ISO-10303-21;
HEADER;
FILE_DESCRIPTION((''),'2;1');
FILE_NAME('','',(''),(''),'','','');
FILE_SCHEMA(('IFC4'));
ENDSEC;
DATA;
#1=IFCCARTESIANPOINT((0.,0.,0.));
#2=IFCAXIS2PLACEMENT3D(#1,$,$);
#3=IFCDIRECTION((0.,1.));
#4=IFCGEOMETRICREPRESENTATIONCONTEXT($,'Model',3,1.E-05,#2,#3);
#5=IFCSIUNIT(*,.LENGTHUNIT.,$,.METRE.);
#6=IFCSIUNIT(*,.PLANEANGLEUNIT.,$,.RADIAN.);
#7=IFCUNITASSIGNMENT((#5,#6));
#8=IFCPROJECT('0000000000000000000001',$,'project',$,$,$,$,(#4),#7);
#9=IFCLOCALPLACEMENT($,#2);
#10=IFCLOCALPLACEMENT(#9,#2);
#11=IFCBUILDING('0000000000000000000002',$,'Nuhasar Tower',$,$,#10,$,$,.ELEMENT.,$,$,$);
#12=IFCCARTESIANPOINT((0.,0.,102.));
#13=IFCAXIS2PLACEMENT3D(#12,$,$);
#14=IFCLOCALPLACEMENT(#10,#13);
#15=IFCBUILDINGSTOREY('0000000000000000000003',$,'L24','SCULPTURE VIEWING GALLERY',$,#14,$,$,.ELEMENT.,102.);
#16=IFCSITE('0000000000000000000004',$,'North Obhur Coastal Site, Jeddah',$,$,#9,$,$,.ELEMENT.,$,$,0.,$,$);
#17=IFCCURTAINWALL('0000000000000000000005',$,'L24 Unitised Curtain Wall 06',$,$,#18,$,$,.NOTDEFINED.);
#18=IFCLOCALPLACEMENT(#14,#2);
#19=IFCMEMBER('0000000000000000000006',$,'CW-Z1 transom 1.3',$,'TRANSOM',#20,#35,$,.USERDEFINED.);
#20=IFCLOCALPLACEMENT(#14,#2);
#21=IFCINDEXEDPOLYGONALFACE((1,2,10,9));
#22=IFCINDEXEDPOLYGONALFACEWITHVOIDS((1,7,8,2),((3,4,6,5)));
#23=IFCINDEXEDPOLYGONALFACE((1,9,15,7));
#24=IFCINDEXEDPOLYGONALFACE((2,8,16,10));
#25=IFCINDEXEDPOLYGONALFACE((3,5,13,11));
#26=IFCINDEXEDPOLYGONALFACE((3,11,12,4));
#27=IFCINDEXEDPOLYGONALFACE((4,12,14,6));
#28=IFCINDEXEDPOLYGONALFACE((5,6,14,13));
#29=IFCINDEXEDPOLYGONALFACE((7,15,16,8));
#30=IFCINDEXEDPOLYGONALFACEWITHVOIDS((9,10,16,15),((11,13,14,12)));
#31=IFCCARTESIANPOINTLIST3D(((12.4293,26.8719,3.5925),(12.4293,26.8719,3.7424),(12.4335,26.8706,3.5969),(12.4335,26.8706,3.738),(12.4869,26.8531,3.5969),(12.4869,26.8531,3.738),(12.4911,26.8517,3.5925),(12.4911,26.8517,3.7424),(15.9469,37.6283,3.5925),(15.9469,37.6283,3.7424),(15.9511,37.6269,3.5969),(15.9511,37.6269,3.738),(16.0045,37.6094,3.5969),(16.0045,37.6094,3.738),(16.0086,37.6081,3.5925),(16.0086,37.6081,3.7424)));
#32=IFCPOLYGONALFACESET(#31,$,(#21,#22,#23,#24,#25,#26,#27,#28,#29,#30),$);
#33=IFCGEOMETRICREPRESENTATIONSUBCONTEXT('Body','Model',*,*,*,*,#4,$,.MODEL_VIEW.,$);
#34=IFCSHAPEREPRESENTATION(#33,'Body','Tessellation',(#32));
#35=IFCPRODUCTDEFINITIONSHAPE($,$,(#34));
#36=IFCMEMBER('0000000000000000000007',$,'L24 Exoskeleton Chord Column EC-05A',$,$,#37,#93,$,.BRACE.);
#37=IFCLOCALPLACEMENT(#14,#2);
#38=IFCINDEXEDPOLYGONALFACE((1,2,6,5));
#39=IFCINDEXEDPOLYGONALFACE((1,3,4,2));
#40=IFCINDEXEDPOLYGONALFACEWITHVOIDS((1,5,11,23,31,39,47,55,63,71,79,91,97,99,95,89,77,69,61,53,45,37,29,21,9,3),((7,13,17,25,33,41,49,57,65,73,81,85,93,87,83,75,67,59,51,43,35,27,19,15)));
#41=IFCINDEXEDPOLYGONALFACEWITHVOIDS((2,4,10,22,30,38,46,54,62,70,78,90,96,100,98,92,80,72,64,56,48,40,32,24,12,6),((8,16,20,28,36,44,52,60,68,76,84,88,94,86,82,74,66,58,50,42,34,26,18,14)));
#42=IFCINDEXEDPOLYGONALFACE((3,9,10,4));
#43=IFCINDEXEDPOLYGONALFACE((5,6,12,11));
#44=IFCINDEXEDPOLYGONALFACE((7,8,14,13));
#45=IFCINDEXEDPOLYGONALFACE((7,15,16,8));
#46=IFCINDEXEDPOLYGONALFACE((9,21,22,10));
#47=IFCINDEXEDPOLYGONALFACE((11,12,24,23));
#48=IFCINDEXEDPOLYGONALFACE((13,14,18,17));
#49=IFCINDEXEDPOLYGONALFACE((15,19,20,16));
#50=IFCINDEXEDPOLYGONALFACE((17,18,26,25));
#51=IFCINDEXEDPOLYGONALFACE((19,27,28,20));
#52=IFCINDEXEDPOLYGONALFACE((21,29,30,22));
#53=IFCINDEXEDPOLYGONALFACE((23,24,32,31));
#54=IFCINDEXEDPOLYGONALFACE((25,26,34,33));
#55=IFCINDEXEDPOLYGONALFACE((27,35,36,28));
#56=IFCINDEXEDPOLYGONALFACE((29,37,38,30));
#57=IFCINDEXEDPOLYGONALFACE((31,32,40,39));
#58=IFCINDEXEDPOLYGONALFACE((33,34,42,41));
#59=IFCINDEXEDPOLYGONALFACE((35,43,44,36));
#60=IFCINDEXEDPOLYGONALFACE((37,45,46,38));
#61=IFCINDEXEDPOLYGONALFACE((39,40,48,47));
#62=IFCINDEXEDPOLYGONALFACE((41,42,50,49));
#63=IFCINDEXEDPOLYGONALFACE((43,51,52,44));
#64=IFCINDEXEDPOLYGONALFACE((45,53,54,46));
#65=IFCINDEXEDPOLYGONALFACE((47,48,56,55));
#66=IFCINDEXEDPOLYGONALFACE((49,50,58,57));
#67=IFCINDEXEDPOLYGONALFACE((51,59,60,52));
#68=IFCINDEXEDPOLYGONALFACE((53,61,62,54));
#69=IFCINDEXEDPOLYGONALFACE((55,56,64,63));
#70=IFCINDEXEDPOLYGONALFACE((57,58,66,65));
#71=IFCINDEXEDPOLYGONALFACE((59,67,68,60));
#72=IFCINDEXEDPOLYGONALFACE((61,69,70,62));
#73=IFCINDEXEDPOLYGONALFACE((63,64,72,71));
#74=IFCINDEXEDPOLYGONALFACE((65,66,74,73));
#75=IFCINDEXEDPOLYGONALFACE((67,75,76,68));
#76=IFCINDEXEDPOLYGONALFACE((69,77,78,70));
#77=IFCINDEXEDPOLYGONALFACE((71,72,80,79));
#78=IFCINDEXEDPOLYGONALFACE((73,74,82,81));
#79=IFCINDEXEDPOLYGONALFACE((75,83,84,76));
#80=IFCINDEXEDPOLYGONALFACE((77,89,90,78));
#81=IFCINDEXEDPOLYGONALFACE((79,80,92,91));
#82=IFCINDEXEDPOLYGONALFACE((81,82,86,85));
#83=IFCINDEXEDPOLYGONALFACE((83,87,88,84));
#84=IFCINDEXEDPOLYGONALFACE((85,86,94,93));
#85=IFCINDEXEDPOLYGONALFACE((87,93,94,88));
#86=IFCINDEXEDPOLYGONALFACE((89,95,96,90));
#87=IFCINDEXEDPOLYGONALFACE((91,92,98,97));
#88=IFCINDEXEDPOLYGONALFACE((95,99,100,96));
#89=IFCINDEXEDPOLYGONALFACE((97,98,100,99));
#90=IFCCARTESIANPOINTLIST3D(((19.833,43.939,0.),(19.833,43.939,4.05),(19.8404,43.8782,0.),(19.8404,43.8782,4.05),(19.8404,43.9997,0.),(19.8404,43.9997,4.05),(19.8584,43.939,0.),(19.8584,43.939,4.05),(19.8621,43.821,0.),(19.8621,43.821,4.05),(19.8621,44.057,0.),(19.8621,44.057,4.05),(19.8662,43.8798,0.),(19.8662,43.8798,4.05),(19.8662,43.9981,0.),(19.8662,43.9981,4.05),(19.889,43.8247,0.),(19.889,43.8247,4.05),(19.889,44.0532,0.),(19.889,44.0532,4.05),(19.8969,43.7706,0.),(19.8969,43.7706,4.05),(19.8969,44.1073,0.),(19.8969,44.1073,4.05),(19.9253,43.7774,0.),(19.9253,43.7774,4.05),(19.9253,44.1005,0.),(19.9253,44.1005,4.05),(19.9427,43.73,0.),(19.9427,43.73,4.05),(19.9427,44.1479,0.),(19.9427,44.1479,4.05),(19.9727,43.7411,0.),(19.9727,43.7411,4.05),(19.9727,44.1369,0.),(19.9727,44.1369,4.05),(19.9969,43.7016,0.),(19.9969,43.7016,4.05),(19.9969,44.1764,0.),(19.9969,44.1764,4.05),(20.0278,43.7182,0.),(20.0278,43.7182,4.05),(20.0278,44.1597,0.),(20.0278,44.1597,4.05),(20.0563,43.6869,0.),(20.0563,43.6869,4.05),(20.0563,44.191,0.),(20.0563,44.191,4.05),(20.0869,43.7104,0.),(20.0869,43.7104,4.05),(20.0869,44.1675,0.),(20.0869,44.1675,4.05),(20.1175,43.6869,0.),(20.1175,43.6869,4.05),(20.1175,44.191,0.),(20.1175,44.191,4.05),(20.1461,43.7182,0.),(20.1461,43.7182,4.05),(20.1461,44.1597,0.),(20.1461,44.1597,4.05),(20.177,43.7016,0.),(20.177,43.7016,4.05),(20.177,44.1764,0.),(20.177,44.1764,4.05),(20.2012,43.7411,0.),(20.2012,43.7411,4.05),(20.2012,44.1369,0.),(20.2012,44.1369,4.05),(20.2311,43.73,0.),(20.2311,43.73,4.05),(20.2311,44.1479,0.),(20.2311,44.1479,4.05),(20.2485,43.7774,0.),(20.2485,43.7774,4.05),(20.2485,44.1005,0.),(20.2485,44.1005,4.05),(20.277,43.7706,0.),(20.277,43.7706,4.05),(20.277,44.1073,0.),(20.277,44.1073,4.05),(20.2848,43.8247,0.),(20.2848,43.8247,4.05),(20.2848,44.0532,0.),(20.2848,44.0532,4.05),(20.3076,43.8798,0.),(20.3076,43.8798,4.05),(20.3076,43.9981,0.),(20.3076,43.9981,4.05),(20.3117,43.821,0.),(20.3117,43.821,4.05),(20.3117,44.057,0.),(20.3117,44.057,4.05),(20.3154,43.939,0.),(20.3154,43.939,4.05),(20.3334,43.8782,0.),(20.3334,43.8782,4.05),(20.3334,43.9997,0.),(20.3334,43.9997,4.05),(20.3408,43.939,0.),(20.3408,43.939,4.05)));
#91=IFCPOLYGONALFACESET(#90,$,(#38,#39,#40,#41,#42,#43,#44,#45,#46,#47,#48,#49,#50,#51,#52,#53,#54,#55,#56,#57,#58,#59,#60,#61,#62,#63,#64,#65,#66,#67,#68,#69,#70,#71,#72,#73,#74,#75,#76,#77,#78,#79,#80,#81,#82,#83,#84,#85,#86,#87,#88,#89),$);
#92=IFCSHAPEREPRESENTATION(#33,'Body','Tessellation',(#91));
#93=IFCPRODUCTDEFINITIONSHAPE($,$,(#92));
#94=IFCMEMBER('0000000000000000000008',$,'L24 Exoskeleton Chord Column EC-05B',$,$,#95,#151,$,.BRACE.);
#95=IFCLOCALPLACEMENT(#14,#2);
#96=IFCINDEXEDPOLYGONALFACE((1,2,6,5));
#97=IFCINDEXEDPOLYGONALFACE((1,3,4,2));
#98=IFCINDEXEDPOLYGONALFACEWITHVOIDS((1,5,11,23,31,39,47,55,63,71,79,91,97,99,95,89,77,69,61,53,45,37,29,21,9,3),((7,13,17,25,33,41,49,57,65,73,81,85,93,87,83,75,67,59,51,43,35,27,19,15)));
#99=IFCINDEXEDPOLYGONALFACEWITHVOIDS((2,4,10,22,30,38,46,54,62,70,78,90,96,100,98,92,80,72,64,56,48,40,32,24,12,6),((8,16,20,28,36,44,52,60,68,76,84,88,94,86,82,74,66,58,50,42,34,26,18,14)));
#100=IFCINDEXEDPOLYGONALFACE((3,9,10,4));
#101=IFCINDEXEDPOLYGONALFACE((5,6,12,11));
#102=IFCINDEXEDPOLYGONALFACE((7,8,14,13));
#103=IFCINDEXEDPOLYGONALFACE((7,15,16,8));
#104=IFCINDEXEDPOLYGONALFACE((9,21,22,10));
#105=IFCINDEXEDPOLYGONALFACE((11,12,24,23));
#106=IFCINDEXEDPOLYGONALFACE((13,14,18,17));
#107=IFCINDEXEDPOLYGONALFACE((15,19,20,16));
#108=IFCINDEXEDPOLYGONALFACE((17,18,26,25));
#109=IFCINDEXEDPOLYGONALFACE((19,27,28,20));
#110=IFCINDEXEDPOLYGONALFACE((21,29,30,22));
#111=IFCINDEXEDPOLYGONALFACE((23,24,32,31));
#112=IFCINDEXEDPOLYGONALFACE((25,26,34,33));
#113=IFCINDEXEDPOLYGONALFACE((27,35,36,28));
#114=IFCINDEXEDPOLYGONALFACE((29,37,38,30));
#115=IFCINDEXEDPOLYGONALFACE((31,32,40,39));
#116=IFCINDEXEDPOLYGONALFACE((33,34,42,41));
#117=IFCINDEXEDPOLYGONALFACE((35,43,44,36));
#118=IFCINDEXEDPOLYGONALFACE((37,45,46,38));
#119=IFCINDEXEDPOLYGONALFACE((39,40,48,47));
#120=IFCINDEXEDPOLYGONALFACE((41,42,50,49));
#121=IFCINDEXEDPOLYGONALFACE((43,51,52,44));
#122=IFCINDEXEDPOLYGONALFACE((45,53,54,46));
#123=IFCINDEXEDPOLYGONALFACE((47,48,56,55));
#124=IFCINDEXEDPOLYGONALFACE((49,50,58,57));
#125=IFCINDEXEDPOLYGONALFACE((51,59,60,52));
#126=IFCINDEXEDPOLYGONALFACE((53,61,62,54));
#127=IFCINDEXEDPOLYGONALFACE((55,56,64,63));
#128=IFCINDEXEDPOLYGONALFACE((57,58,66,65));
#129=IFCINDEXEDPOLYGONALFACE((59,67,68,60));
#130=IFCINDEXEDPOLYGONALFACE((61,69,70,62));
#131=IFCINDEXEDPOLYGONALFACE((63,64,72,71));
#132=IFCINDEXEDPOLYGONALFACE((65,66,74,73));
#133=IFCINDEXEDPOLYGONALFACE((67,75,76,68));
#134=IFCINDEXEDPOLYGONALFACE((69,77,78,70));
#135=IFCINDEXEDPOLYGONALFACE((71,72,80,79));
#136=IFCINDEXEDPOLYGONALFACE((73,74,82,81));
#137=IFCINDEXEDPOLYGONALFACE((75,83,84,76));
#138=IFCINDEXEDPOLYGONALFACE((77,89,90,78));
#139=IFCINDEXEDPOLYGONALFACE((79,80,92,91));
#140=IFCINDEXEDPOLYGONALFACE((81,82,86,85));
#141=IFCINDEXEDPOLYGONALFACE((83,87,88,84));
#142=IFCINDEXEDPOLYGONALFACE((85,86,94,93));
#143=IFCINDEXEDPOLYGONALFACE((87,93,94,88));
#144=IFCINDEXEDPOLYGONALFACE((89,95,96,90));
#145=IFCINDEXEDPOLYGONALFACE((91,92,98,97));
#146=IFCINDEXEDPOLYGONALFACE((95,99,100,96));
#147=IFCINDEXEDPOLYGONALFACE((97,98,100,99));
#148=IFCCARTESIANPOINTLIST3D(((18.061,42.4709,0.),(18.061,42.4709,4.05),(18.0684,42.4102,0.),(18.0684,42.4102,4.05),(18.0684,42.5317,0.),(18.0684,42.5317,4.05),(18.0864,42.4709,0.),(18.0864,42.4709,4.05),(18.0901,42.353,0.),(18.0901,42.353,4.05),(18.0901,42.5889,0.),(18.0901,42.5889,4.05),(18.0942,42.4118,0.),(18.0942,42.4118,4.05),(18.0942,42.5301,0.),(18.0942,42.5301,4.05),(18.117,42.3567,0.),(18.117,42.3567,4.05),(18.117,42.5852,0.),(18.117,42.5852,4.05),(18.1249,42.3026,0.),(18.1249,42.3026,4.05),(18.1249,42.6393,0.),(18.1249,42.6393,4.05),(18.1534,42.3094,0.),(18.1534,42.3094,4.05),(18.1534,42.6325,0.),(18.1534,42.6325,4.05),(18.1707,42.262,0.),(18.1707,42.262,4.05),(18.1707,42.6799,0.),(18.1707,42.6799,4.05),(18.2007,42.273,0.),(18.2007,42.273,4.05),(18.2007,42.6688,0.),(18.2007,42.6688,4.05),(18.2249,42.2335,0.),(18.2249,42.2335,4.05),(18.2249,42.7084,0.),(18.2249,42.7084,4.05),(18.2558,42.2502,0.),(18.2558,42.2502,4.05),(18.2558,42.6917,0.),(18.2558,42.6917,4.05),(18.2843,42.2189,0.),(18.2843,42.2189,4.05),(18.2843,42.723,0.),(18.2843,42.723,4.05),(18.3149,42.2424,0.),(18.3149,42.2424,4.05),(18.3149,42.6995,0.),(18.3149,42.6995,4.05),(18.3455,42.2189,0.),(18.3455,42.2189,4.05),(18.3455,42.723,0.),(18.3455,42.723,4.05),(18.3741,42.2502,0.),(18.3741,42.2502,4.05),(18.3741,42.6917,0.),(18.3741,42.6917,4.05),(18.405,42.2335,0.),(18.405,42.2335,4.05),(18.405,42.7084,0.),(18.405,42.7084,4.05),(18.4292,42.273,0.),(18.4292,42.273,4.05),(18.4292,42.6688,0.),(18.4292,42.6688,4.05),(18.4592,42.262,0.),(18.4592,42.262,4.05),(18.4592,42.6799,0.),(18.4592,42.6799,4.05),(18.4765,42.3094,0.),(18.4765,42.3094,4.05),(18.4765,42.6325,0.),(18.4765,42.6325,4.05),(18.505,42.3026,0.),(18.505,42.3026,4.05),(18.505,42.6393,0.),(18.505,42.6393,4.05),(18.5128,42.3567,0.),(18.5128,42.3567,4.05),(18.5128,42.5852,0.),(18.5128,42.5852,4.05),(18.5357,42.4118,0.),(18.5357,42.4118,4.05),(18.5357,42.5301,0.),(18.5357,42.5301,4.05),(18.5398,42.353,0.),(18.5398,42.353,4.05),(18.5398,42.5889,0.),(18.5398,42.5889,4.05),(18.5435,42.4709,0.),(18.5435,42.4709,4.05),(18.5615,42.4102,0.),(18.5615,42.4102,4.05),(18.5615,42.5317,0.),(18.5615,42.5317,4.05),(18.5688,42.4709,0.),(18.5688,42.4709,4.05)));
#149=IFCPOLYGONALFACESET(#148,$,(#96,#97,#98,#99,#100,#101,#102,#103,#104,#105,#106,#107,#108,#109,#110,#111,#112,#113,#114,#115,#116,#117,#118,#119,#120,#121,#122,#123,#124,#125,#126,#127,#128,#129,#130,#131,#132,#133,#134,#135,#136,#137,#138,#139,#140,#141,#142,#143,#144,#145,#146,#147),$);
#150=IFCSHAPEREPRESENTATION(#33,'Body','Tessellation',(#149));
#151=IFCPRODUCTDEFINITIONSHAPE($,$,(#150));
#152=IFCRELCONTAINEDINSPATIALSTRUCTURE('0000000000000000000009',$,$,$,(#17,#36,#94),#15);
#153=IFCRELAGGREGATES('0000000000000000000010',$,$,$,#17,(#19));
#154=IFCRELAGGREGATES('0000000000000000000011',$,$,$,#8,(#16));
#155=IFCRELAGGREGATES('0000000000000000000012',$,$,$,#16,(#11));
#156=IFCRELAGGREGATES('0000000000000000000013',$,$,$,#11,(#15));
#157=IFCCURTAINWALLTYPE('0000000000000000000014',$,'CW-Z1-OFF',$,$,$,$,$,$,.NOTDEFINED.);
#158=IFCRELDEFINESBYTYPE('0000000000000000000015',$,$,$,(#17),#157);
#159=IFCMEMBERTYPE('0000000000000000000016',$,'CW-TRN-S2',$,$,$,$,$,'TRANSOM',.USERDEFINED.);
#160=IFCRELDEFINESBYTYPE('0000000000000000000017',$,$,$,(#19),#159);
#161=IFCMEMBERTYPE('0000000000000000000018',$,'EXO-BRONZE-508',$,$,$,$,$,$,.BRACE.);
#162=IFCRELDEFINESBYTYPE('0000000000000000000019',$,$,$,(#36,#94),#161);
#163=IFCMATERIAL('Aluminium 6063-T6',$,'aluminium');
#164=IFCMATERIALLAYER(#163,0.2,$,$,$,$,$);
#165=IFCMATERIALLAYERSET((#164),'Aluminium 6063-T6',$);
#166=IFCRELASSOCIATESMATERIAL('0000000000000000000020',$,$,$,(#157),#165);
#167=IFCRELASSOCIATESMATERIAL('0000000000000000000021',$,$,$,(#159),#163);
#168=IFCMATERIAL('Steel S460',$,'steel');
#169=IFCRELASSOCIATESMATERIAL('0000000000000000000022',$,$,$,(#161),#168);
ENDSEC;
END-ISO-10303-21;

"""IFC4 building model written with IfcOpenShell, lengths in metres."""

from ifc_helpers import new_model, si_unit, direction, frame, origin, origin_2d, place, context, subcontext, project, spatial, hollow_rectangle, hollow_circle, extrude, material, layer, layer_set, material_profile, profile_set, type_object, element, aggregate, save


model = new_model("IFC4")

# Units and contexts
model_context = context("Model", 3, precision=1e-05, world=origin(), true_north=direction((0.0, 1.0)))
body_context = subcontext(model_context, "Body", "Model", "MODEL_VIEW")
ifc_project = project(units=[si_unit("LENGTHUNIT", "METRE"), si_unit("PLANEANGLEUNIT", "RADIAN")], contexts=[model_context])

# Site, building, storey
site_placement = place(None, origin())
site = spatial("IfcSite", under=ifc_project, at=site_placement, Name="North Obhur Coastal Site, Jeddah", CompositionType="ELEMENT", RefElevation=0.0)
building_placement = place(site_placement, origin())
building = spatial("IfcBuilding", under=site, at=building_placement, Name="Nuhasar Tower", CompositionType="ELEMENT")
storey_placement = place(building_placement, frame((0.0, 0.0, 102.0)))
storey = spatial("IfcBuildingStorey", under=building, at=storey_placement, Name="L24", Description="SCULPTURE VIEWING GALLERY", CompositionType="ELEMENT", Elevation=102.0)

# Shared definitions
ifc_material_1 = material(Name="Aluminium 6063-T6", Category="aluminium")
ifc_layer_1 = layer(ifc_material_1, 0.2)
ifc_layer_set_1 = layer_set([ifc_layer_1], Name="Aluminium 6063-T6")
curtain_wall_type = type_object("IfcCurtainWallType", Name="CW-Z1-OFF", PredefinedType="NOTDEFINED", material=ifc_layer_set_1)

# Curtain wall
curtain_wall_1_placement = place(storey_placement, origin())
curtain_wall_1 = element("IfcCurtainWall", 1, at=curtain_wall_1_placement, inside=storey, type_object=curtain_wall_type, Name="L24 Unitised Curtain Wall 06", PredefinedType="NOTDEFINED")

# Member
ifc_material_profile_1 = material_profile(ifc_material_1, hollow_rectangle(XDim=0.0649, YDim=0.1499, WallThickness=0.0044, at=origin_2d()), Name="CWT-2")
ifc_profile_set_1 = profile_set([ifc_material_profile_1], Name="Aluminium 6063-T6")
member_type_1 = type_object("IfcMemberType", Name="CW-TRN-S2", ElementType="TRANSOM", PredefinedType="USERDEFINED", material=ifc_profile_set_1)
member_1_placement = place(storey_placement, frame((15.9778, 37.6182, 3.6675), z_axis=(-0.310825, -0.950467, 0.0), x_axis=(0.950467, -0.310825, 0.0)))
member_1 = element("IfcMember", 2, at=member_1_placement, type_object=member_type_1, Name="CW-Z1 transom 1.3", ObjectType="TRANSOM", PredefinedType="USERDEFINED", context=body_context, shape_type="SweptSolid", body=[
    extrude(hollow_rectangle(XDim=0.0649, YDim=0.1499, WallThickness=0.0044, at=origin_2d()), origin(), (0.0, 0.0, 1.0), 11.3169),
])
aggregate(curtain_wall_1, [member_1])

# Members
ifc_material_2 = material(Name="Steel S460", Category="steel")
ifc_material_profile_2 = material_profile(ifc_material_2, hollow_circle(Radius=0.2539, WallThickness=0.0254, at=origin_2d()), Name="HSS508X25.4")
ifc_profile_set_2 = profile_set([ifc_material_profile_2], Name="Steel S460")
member_type_2 = type_object("IfcMemberType", Name="EXO-BRONZE-508", PredefinedType="BRACE", material=ifc_profile_set_2)
for number, where, z_axis, x_axis, name in (
    (3, (20.0869, 43.939, 0.0), (0.0, 0.0, 1.0), (1.0, 0.0, 0.0), "L24 Exoskeleton Chord Column EC-05A"),
    (4, (18.3149, 42.4709, 0.0), (0.0, 0.0, 1.0), (1.0, 0.0, 0.0), "L24 Exoskeleton Chord Column EC-05B"),
):
    element("IfcMember", number, at=place(storey_placement, frame(where, z_axis=z_axis, x_axis=x_axis)), inside=storey, type_object=member_type_2, Name=name, PredefinedType="BRACE", context=body_context, shape_type="SweptSolid", body=[
        extrude(hollow_circle(Radius=0.2539, WallThickness=0.0254, at=origin_2d()), origin(), (0.0, 0.0, 1.0), 4.05),
    ])

save(model, "model.ifc")
